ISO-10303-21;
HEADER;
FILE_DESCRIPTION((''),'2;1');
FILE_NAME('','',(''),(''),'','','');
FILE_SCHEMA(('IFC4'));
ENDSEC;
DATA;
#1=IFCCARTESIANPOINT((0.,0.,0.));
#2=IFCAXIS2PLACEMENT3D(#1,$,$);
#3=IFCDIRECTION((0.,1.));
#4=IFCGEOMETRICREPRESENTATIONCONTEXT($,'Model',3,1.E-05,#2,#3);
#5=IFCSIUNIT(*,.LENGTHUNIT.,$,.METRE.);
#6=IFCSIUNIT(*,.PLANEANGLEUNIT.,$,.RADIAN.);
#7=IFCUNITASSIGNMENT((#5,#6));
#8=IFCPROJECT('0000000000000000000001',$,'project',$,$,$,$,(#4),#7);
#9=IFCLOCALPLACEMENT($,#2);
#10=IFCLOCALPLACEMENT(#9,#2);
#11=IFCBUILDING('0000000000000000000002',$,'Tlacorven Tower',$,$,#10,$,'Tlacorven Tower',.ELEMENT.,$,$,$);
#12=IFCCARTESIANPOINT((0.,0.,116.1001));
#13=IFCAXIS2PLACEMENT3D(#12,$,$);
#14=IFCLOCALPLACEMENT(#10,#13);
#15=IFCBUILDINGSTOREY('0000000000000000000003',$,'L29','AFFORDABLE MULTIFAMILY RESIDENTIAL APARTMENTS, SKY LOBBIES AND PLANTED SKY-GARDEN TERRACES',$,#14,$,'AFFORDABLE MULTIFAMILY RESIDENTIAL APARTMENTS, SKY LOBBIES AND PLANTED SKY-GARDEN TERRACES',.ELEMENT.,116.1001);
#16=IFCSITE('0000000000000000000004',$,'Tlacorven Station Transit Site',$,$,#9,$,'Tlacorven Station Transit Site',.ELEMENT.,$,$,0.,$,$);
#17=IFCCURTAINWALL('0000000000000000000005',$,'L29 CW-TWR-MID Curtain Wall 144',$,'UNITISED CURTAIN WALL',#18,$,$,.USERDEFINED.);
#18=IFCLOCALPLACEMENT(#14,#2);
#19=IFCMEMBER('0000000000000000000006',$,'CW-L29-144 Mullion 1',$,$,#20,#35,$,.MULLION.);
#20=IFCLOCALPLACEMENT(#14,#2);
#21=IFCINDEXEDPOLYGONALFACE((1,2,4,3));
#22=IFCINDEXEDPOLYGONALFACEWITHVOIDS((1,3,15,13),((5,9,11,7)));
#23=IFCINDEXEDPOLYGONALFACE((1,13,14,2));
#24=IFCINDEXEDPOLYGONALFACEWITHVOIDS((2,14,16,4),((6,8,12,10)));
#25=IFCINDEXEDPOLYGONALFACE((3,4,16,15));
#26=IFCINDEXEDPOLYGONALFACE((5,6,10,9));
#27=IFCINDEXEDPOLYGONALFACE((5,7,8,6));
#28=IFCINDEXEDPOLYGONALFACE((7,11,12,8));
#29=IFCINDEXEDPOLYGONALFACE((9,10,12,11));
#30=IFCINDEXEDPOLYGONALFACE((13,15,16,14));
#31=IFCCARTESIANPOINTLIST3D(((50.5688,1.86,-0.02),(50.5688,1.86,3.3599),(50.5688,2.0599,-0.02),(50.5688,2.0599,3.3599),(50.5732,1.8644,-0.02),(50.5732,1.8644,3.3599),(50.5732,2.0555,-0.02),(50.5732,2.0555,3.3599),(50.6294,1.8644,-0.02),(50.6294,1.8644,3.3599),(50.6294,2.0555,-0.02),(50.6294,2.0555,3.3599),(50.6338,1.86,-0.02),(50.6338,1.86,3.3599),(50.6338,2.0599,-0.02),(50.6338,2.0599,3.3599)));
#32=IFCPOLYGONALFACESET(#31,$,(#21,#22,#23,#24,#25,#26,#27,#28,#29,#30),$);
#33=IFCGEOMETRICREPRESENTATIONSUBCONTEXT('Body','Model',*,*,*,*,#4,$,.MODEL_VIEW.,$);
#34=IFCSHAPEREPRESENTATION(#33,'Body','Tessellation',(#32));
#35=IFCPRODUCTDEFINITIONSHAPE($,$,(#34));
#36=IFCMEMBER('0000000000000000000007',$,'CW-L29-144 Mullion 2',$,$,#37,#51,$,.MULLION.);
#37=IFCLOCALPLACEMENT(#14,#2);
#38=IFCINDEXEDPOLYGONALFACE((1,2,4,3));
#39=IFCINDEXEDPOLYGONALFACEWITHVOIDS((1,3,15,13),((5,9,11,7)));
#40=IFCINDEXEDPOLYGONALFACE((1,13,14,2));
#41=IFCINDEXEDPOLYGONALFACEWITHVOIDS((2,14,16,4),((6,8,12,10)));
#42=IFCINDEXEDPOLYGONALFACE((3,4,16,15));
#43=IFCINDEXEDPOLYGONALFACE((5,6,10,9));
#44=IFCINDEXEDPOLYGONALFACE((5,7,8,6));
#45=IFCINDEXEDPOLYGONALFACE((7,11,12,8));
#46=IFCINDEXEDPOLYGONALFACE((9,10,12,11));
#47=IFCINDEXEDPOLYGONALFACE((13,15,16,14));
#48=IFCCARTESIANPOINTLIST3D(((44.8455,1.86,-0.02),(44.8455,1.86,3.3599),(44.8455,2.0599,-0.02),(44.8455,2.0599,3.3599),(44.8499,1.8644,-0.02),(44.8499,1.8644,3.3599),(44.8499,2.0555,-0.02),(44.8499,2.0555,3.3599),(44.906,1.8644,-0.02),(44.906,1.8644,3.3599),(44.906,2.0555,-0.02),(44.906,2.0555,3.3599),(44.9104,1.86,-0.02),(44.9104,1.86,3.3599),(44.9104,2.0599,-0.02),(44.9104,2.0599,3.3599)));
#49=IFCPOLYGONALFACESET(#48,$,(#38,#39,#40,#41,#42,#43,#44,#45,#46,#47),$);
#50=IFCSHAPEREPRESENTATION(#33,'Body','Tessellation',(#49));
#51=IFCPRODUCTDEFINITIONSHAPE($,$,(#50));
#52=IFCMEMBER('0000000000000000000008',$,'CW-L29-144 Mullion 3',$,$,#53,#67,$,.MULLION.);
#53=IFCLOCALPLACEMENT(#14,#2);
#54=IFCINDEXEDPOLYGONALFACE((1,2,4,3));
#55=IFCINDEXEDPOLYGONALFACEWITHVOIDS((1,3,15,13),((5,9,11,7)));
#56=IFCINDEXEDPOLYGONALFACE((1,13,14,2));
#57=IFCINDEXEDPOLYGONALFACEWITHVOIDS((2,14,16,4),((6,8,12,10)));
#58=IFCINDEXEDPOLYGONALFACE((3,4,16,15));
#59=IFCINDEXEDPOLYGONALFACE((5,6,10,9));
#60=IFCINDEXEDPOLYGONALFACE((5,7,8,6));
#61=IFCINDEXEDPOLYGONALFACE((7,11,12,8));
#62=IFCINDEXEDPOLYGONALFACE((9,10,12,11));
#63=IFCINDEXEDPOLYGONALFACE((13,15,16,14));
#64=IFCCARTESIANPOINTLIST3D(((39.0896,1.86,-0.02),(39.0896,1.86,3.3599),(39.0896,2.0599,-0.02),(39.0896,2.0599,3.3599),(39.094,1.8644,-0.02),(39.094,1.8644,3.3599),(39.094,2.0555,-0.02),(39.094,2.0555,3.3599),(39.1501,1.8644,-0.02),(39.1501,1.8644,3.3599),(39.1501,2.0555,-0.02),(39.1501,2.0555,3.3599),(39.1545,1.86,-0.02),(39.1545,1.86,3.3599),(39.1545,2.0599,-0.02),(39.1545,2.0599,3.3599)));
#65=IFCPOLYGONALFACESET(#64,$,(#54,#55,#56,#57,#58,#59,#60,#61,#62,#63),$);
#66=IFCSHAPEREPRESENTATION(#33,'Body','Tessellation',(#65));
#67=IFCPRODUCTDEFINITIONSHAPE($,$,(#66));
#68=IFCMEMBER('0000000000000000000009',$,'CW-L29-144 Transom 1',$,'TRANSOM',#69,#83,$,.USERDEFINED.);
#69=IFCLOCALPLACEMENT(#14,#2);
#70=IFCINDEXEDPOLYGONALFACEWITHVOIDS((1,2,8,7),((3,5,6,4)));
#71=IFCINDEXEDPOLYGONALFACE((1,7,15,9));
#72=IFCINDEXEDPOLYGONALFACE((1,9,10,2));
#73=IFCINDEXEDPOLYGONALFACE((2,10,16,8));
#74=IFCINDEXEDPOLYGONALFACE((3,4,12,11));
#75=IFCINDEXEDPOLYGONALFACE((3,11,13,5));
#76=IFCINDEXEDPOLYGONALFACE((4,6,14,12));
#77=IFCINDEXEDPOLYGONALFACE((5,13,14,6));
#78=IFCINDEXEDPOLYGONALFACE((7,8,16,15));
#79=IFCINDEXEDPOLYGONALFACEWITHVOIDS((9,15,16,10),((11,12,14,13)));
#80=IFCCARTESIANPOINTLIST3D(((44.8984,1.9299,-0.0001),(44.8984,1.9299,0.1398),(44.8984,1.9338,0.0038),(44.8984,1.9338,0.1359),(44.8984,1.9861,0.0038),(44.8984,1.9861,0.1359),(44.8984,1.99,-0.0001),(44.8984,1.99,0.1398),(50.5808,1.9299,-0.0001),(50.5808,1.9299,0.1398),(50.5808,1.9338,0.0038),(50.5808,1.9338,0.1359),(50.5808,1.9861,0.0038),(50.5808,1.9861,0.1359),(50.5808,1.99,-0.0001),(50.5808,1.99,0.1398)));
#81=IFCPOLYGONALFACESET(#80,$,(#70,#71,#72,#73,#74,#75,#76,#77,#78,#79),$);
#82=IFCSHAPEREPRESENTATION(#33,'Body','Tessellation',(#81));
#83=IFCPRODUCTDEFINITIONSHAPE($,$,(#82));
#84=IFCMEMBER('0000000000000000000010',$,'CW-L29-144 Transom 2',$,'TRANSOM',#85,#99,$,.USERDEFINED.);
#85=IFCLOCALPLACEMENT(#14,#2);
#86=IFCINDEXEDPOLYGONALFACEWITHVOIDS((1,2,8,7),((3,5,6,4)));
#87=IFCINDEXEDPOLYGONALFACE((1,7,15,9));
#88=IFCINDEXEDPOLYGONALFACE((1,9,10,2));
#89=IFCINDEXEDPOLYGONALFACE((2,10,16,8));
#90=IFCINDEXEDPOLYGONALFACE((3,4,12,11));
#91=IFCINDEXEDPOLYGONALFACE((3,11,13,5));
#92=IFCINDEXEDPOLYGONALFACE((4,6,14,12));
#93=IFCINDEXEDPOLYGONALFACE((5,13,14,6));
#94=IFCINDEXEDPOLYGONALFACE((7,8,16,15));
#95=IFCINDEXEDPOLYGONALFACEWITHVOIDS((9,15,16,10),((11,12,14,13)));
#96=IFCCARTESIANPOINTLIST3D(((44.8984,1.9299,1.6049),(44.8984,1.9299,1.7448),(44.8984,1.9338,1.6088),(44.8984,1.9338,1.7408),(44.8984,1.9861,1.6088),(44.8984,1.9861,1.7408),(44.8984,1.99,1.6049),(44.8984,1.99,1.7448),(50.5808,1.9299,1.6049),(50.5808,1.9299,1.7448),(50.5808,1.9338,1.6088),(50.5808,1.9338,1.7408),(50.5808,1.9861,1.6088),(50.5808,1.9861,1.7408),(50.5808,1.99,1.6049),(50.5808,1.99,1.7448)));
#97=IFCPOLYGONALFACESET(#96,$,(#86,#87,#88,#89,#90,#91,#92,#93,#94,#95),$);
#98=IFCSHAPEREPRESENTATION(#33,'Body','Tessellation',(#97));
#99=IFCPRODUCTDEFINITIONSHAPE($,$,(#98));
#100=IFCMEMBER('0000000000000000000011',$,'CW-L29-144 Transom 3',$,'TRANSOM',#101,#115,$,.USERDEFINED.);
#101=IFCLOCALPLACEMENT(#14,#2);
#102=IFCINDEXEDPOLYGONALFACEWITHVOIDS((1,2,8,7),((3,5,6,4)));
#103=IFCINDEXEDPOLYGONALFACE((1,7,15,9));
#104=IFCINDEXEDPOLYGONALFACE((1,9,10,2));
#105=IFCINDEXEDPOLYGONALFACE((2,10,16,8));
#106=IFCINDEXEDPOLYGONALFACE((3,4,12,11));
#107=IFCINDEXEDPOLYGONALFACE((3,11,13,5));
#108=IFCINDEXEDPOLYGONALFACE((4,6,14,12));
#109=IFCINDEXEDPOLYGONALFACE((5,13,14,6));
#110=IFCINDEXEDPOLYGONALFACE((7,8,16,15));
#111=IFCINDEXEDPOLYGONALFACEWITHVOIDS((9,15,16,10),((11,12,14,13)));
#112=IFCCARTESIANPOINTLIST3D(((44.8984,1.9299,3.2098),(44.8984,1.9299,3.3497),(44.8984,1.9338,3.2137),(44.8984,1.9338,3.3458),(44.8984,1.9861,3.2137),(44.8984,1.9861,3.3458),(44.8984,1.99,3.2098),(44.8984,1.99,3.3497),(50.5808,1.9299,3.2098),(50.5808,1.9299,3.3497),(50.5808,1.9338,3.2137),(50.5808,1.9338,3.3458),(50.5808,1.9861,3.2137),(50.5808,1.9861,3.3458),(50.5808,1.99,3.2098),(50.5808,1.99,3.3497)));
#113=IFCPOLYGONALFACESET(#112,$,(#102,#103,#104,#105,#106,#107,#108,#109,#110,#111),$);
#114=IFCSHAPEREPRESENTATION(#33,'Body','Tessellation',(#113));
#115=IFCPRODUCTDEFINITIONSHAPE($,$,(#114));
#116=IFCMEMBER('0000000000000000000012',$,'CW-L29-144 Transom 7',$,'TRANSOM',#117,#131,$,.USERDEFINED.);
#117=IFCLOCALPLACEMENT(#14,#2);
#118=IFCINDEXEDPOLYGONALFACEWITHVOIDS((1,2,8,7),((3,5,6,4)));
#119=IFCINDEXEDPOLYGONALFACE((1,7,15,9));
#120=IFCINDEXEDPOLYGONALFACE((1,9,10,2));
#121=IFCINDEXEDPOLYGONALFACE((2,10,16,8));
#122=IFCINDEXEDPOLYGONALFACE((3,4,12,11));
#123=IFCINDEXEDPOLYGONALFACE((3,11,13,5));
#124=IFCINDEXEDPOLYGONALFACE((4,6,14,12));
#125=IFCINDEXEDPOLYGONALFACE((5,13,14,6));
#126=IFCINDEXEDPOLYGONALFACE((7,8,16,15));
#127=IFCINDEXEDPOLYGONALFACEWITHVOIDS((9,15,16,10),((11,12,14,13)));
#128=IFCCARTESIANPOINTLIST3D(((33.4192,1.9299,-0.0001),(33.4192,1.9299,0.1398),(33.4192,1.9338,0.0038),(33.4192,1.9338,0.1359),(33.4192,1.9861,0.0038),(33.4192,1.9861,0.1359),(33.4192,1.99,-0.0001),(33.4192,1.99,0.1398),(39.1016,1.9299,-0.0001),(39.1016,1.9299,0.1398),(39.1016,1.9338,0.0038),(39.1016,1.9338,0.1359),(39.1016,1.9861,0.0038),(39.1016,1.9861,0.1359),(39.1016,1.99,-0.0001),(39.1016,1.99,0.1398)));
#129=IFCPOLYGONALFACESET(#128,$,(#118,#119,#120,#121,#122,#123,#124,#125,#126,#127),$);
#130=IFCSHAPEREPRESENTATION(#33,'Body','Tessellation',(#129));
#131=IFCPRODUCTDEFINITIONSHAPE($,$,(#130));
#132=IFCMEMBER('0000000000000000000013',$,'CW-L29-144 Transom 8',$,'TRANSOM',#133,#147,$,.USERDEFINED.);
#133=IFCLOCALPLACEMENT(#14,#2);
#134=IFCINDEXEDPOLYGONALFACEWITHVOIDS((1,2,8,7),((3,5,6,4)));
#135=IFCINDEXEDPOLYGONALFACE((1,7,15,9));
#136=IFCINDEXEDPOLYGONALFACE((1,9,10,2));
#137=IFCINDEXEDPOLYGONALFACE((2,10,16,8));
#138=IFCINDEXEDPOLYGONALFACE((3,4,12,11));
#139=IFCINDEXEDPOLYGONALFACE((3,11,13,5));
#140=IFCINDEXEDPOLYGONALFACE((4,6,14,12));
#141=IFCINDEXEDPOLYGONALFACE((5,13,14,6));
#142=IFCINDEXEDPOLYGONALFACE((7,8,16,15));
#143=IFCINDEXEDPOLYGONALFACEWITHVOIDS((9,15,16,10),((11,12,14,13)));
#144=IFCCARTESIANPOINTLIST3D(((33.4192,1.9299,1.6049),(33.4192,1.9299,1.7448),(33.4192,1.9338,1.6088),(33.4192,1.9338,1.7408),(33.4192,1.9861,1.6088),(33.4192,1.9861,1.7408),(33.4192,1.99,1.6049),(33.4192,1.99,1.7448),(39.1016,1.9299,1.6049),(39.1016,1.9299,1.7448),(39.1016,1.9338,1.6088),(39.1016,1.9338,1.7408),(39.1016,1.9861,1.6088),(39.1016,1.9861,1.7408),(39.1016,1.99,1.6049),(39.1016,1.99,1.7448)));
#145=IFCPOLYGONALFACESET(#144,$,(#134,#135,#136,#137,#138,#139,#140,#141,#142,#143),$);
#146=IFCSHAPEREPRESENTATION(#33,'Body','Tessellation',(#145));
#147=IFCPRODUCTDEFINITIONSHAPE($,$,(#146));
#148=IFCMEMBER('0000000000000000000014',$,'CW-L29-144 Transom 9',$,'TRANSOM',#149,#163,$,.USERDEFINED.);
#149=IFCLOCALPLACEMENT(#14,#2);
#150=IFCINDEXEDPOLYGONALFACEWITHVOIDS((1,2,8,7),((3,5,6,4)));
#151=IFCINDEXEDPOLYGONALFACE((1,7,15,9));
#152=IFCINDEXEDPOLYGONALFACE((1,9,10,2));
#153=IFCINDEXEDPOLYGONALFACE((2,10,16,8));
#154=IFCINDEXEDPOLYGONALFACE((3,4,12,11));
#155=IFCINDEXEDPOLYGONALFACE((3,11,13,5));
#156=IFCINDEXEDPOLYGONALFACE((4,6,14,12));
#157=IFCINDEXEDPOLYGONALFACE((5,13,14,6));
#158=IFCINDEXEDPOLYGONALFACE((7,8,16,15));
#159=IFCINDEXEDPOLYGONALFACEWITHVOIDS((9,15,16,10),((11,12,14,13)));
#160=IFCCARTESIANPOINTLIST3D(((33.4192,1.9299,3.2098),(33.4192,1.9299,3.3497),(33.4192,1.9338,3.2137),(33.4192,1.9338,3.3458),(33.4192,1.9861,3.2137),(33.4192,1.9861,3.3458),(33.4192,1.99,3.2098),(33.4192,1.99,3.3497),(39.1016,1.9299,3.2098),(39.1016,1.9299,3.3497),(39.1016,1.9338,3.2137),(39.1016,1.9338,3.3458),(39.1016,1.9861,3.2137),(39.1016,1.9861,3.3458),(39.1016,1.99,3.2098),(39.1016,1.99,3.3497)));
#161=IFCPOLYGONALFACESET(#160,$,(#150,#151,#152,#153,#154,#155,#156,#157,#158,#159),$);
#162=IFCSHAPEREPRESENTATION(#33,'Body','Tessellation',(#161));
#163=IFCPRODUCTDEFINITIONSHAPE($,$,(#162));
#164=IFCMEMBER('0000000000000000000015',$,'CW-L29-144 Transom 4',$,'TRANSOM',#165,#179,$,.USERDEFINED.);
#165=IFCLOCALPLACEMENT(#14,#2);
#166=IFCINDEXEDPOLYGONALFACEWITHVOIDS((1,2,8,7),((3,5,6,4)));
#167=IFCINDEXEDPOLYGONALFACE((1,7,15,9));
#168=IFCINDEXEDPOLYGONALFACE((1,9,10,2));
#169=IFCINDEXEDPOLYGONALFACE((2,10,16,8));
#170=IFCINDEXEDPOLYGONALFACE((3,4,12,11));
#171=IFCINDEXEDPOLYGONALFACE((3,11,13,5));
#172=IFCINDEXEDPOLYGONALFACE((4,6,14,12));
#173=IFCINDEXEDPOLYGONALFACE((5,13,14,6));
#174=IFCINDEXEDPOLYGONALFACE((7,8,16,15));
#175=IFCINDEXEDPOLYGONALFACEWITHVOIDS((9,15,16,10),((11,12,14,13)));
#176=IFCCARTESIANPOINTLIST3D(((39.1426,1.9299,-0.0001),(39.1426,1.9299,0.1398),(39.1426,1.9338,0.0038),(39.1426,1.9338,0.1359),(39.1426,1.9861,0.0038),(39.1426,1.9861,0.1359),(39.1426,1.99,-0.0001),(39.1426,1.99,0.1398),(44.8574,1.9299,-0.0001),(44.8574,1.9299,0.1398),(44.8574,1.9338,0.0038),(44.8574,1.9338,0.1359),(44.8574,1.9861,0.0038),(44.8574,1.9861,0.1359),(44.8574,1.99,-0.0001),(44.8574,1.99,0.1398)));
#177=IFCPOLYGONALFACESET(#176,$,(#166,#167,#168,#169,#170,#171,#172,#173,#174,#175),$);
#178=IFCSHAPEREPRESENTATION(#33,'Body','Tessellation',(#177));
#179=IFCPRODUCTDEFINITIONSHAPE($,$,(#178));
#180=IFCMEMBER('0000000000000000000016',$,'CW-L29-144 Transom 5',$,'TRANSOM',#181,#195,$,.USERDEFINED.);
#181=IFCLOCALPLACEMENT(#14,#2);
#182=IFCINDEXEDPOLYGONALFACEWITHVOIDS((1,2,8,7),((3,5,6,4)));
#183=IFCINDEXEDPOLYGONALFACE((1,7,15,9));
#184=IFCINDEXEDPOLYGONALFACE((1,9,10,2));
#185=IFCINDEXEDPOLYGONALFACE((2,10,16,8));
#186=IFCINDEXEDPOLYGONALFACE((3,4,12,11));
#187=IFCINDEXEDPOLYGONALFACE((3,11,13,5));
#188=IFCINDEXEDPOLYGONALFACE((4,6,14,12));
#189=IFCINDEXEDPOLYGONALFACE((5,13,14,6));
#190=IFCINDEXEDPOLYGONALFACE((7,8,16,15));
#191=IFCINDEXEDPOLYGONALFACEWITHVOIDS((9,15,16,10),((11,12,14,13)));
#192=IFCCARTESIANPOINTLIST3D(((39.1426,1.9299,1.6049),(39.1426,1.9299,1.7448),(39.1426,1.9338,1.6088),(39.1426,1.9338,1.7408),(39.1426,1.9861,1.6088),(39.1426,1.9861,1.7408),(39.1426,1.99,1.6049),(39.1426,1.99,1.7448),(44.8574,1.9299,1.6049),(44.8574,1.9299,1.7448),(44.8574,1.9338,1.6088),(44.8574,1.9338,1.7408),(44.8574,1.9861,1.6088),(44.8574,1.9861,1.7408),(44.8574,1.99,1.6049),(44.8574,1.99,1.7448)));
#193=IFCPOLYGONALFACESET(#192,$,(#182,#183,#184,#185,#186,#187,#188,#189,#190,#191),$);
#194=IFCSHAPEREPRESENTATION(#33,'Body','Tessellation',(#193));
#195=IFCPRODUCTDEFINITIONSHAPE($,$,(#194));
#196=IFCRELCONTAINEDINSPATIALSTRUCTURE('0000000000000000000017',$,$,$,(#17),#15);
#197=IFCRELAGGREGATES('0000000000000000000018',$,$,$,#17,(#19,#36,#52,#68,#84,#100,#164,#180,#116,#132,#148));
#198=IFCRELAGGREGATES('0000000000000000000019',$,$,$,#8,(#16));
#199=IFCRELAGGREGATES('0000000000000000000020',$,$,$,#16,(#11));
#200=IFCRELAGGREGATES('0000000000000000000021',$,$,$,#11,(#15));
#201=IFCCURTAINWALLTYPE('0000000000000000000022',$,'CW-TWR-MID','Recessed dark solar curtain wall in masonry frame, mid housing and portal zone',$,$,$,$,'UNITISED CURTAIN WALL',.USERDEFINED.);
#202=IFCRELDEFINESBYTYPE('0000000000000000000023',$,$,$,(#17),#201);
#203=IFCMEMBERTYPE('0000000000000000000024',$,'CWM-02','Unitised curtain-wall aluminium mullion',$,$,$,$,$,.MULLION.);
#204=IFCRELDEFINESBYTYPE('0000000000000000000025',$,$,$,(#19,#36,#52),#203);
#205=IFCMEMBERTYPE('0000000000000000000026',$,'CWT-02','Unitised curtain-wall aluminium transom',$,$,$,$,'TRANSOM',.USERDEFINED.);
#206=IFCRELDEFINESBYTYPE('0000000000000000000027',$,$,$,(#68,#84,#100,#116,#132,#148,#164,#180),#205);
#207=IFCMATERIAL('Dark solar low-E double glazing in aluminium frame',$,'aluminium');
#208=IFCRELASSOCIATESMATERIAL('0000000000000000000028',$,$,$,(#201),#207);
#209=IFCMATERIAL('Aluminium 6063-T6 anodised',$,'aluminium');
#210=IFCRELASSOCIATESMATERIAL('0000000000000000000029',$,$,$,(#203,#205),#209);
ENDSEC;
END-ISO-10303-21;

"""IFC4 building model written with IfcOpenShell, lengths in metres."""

from ifc_helpers import new_model, si_unit, direction, frame, origin, origin_2d, place, context, subcontext, project, spatial, hollow_rectangle, extrude, source, transform, mapped, material, material_profile, profile_set, type_object, element, aggregate, save


model = new_model("IFC4")

# Units and contexts
model_context = context("Model", 3, precision=1e-05, world=origin(), true_north=direction((0.0, 1.0)))
body_context = subcontext(model_context, "Body", "Model", "MODEL_VIEW")
ifc_project = project(units=[si_unit("LENGTHUNIT", "METRE"), si_unit("PLANEANGLEUNIT", "RADIAN")], contexts=[model_context])

# Site, building, storey
site_placement = place(None, origin())
site = spatial("IfcSite", under=ifc_project, at=site_placement, Name="Tlacorven Station Transit Site", LongName="Tlacorven Station Transit Site", CompositionType="ELEMENT", RefElevation=0.0)
building_placement = place(site_placement, origin())
building = spatial("IfcBuilding", under=site, at=building_placement, Name="Tlacorven Tower", LongName="Tlacorven Tower", CompositionType="ELEMENT")
storey_placement = place(building_placement, frame((0.0, 0.0, 116.1001)))
storey = spatial("IfcBuildingStorey", under=building, at=storey_placement, Name="L29", Description="AFFORDABLE MULTIFAMILY RESIDENTIAL APARTMENTS, SKY LOBBIES AND PLANTED SKY-GARDEN TERRACES", LongName="AFFORDABLE MULTIFAMILY RESIDENTIAL APARTMENTS, SKY LOBBIES AND PLANTED SKY-GARDEN TERRACES", CompositionType="ELEMENT", Elevation=116.1001)

# Curtain wall, members
ifc_material_1 = material(Name="Dark solar low-E double glazing in aluminium frame", Category="aluminium")
curtain_wall_type = type_object("IfcCurtainWallType", Name="CW-TWR-MID", Description="Recessed dark solar curtain wall in masonry frame, mid housing and portal zone", ElementType="UNITISED CURTAIN WALL", PredefinedType="USERDEFINED", material=ifc_material_1)
curtain_wall_placement = place(storey_placement, origin())
curtain_wall = element("IfcCurtainWall", 1, at=curtain_wall_placement, inside=storey, type_object=curtain_wall_type, Name="L29 CW-TWR-MID Curtain Wall 144", ObjectType="UNITISED CURTAIN WALL", PredefinedType="USERDEFINED")
ifc_material_2 = material(Name="Aluminium 6063-T6 anodised", Category="aluminium")
ifc_material_profile_1 = material_profile(ifc_material_2, hollow_rectangle(XDim=0.0649, YDim=0.2, WallThickness=0.0044, at=origin_2d()), Name="ALU MULLION 65X200")
ifc_profile_set_1 = profile_set([ifc_material_profile_1], Name="Aluminium 6063-T6 anodised")
member_type_1 = type_object("IfcMemberType", Name="CWM-02", Description="Unitised curtain-wall aluminium mullion", PredefinedType="MULLION", material=ifc_profile_set_1)
shared_shape_1 = source(origin(), body_context, "Body", "SweptSolid", [
    extrude(hollow_rectangle(XDim=0.0649, YDim=0.2, WallThickness=0.0044, at=origin_2d()), origin(), (0.0, 0.0, 1.0), 3.3799),
])
member_1_placement = place(storey_placement, frame((50.6013, 1.96, -0.02), z_axis=(0.0, 0.0, 1.0), x_axis=(-1.0, 0.0, 0.0)))
member_1 = element("IfcMember", 2, at=member_1_placement, type_object=member_type_1, Name="CW-L29-144 Mullion 1", PredefinedType="MULLION", context=body_context, shape_type="MappedRepresentation", body=[
    mapped(shared_shape_1, transform((0.0, 0.0, 0.0), scale=1.0)),
])
member_2_placement = place(storey_placement, frame((44.8779, 1.96, -0.02), z_axis=(0.0, 0.0, 1.0), x_axis=(-1.0, 0.0, 0.0)))
member_2 = element("IfcMember", 3, at=member_2_placement, type_object=member_type_1, Name="CW-L29-144 Mullion 2", PredefinedType="MULLION", context=body_context, shape_type="MappedRepresentation", body=[
    mapped(shared_shape_1, transform((0.0, 0.0, 0.0), scale=1.0)),
])
member_3_placement = place(storey_placement, frame((39.1221, 1.96, -0.02), z_axis=(0.0, 0.0, 1.0), x_axis=(-1.0, 0.0, 0.0)))
member_3 = element("IfcMember", 4, at=member_3_placement, type_object=member_type_1, Name="CW-L29-144 Mullion 3", PredefinedType="MULLION", context=body_context, shape_type="MappedRepresentation", body=[
    mapped(shared_shape_1, transform((0.0, 0.0, 0.0), scale=1.0)),
])
ifc_material_profile_2 = material_profile(ifc_material_2, hollow_rectangle(XDim=0.0601, YDim=0.1399, WallThickness=0.0039, at=origin_2d()), Name="ALU TRANSOM 60X140")
ifc_profile_set_2 = profile_set([ifc_material_profile_2], Name="Aluminium 6063-T6 anodised")
member_type_2 = type_object("IfcMemberType", Name="CWT-02", Description="Unitised curtain-wall aluminium transom", ElementType="TRANSOM", PredefinedType="USERDEFINED", material=ifc_profile_set_2)
shared_shape_2 = source(origin(), body_context, "Body", "SweptSolid", [
    extrude(hollow_rectangle(XDim=0.0601, YDim=0.1399, WallThickness=0.0039, at=origin_2d()), origin(), (0.0, 0.0, 1.0), 5.6824),
])
member_4_placement = place(storey_placement, frame((50.5808, 1.96, 0.0698), z_axis=(-1.0, 0.0, 0.0), x_axis=(0.0, -1.0, 0.0)))
member_4 = element("IfcMember", 5, at=member_4_placement, type_object=member_type_2, Name="CW-L29-144 Transom 1", ObjectType="TRANSOM", PredefinedType="USERDEFINED", context=body_context, shape_type="MappedRepresentation", body=[
    mapped(shared_shape_2, transform((0.0, 0.0, 0.0), scale=1.0)),
])
member_5_placement = place(storey_placement, frame((50.5808, 1.96, 1.6748), z_axis=(-1.0, 0.0, 0.0), x_axis=(0.0, -1.0, 0.0)))
member_5 = element("IfcMember", 6, at=member_5_placement, type_object=member_type_2, Name="CW-L29-144 Transom 2", ObjectType="TRANSOM", PredefinedType="USERDEFINED", context=body_context, shape_type="MappedRepresentation", body=[
    mapped(shared_shape_2, transform((0.0, 0.0, 0.0), scale=1.0)),
])
member_6_placement = place(storey_placement, frame((50.5808, 1.96, 3.2798), z_axis=(-1.0, 0.0, 0.0), x_axis=(0.0, -1.0, 0.0)))
member_6 = element("IfcMember", 7, at=member_6_placement, type_object=member_type_2, Name="CW-L29-144 Transom 3", ObjectType="TRANSOM", PredefinedType="USERDEFINED", context=body_context, shape_type="MappedRepresentation", body=[
    mapped(shared_shape_2, transform((0.0, 0.0, 0.0), scale=1.0)),
])
member_7_placement = place(storey_placement, frame((39.1016, 1.96, 0.0698), z_axis=(-1.0, 0.0, 0.0), x_axis=(0.0, -1.0, 0.0)))
member_7 = element("IfcMember", 8, at=member_7_placement, type_object=member_type_2, Name="CW-L29-144 Transom 7", ObjectType="TRANSOM", PredefinedType="USERDEFINED", context=body_context, shape_type="MappedRepresentation", body=[
    mapped(shared_shape_2, transform((0.0, 0.0, 0.0), scale=1.0)),
])
member_8_placement = place(storey_placement, frame((39.1016, 1.96, 1.6748), z_axis=(-1.0, 0.0, 0.0), x_axis=(0.0, -1.0, 0.0)))
member_8 = element("IfcMember", 9, at=member_8_placement, type_object=member_type_2, Name="CW-L29-144 Transom 8", ObjectType="TRANSOM", PredefinedType="USERDEFINED", context=body_context, shape_type="MappedRepresentation", body=[
    mapped(shared_shape_2, transform((0.0, 0.0, 0.0), scale=1.0)),
])
member_9_placement = place(storey_placement, frame((39.1016, 1.96, 3.2798), z_axis=(-1.0, 0.0, 0.0), x_axis=(0.0, -1.0, 0.0)))
member_9 = element("IfcMember", 10, at=member_9_placement, type_object=member_type_2, Name="CW-L29-144 Transom 9", ObjectType="TRANSOM", PredefinedType="USERDEFINED", context=body_context, shape_type="MappedRepresentation", body=[
    mapped(shared_shape_2, transform((0.0, 0.0, 0.0), scale=1.0)),
])
shared_shape_3 = source(origin(), body_context, "Body", "SweptSolid", [
    extrude(hollow_rectangle(XDim=0.0601, YDim=0.1399, WallThickness=0.0039, at=origin_2d()), origin(), (0.0, 0.0, 1.0), 5.7148),
])
member_10_placement = place(storey_placement, frame((44.8574, 1.96, 0.0698), z_axis=(-1.0, 0.0, 0.0), x_axis=(0.0, -1.0, 0.0)))
member_10 = element("IfcMember", 11, at=member_10_placement, type_object=member_type_2, Name="CW-L29-144 Transom 4", ObjectType="TRANSOM", PredefinedType="USERDEFINED", context=body_context, shape_type="MappedRepresentation", body=[
    mapped(shared_shape_3, transform((0.0, 0.0, 0.0), scale=1.0)),
])
member_11_placement = place(storey_placement, frame((44.8574, 1.96, 1.6748), z_axis=(-1.0, 0.0, 0.0), x_axis=(0.0, -1.0, 0.0)))
member_11 = element("IfcMember", 12, at=member_11_placement, type_object=member_type_2, Name="CW-L29-144 Transom 5", ObjectType="TRANSOM", PredefinedType="USERDEFINED", context=body_context, shape_type="MappedRepresentation", body=[
    mapped(shared_shape_3, transform((0.0, 0.0, 0.0), scale=1.0)),
])
aggregate(curtain_wall, [member_1, member_2, member_3, member_4, member_5, member_6, member_10, member_11, member_7, member_8, member_9])

save(model, "model.ifc")
